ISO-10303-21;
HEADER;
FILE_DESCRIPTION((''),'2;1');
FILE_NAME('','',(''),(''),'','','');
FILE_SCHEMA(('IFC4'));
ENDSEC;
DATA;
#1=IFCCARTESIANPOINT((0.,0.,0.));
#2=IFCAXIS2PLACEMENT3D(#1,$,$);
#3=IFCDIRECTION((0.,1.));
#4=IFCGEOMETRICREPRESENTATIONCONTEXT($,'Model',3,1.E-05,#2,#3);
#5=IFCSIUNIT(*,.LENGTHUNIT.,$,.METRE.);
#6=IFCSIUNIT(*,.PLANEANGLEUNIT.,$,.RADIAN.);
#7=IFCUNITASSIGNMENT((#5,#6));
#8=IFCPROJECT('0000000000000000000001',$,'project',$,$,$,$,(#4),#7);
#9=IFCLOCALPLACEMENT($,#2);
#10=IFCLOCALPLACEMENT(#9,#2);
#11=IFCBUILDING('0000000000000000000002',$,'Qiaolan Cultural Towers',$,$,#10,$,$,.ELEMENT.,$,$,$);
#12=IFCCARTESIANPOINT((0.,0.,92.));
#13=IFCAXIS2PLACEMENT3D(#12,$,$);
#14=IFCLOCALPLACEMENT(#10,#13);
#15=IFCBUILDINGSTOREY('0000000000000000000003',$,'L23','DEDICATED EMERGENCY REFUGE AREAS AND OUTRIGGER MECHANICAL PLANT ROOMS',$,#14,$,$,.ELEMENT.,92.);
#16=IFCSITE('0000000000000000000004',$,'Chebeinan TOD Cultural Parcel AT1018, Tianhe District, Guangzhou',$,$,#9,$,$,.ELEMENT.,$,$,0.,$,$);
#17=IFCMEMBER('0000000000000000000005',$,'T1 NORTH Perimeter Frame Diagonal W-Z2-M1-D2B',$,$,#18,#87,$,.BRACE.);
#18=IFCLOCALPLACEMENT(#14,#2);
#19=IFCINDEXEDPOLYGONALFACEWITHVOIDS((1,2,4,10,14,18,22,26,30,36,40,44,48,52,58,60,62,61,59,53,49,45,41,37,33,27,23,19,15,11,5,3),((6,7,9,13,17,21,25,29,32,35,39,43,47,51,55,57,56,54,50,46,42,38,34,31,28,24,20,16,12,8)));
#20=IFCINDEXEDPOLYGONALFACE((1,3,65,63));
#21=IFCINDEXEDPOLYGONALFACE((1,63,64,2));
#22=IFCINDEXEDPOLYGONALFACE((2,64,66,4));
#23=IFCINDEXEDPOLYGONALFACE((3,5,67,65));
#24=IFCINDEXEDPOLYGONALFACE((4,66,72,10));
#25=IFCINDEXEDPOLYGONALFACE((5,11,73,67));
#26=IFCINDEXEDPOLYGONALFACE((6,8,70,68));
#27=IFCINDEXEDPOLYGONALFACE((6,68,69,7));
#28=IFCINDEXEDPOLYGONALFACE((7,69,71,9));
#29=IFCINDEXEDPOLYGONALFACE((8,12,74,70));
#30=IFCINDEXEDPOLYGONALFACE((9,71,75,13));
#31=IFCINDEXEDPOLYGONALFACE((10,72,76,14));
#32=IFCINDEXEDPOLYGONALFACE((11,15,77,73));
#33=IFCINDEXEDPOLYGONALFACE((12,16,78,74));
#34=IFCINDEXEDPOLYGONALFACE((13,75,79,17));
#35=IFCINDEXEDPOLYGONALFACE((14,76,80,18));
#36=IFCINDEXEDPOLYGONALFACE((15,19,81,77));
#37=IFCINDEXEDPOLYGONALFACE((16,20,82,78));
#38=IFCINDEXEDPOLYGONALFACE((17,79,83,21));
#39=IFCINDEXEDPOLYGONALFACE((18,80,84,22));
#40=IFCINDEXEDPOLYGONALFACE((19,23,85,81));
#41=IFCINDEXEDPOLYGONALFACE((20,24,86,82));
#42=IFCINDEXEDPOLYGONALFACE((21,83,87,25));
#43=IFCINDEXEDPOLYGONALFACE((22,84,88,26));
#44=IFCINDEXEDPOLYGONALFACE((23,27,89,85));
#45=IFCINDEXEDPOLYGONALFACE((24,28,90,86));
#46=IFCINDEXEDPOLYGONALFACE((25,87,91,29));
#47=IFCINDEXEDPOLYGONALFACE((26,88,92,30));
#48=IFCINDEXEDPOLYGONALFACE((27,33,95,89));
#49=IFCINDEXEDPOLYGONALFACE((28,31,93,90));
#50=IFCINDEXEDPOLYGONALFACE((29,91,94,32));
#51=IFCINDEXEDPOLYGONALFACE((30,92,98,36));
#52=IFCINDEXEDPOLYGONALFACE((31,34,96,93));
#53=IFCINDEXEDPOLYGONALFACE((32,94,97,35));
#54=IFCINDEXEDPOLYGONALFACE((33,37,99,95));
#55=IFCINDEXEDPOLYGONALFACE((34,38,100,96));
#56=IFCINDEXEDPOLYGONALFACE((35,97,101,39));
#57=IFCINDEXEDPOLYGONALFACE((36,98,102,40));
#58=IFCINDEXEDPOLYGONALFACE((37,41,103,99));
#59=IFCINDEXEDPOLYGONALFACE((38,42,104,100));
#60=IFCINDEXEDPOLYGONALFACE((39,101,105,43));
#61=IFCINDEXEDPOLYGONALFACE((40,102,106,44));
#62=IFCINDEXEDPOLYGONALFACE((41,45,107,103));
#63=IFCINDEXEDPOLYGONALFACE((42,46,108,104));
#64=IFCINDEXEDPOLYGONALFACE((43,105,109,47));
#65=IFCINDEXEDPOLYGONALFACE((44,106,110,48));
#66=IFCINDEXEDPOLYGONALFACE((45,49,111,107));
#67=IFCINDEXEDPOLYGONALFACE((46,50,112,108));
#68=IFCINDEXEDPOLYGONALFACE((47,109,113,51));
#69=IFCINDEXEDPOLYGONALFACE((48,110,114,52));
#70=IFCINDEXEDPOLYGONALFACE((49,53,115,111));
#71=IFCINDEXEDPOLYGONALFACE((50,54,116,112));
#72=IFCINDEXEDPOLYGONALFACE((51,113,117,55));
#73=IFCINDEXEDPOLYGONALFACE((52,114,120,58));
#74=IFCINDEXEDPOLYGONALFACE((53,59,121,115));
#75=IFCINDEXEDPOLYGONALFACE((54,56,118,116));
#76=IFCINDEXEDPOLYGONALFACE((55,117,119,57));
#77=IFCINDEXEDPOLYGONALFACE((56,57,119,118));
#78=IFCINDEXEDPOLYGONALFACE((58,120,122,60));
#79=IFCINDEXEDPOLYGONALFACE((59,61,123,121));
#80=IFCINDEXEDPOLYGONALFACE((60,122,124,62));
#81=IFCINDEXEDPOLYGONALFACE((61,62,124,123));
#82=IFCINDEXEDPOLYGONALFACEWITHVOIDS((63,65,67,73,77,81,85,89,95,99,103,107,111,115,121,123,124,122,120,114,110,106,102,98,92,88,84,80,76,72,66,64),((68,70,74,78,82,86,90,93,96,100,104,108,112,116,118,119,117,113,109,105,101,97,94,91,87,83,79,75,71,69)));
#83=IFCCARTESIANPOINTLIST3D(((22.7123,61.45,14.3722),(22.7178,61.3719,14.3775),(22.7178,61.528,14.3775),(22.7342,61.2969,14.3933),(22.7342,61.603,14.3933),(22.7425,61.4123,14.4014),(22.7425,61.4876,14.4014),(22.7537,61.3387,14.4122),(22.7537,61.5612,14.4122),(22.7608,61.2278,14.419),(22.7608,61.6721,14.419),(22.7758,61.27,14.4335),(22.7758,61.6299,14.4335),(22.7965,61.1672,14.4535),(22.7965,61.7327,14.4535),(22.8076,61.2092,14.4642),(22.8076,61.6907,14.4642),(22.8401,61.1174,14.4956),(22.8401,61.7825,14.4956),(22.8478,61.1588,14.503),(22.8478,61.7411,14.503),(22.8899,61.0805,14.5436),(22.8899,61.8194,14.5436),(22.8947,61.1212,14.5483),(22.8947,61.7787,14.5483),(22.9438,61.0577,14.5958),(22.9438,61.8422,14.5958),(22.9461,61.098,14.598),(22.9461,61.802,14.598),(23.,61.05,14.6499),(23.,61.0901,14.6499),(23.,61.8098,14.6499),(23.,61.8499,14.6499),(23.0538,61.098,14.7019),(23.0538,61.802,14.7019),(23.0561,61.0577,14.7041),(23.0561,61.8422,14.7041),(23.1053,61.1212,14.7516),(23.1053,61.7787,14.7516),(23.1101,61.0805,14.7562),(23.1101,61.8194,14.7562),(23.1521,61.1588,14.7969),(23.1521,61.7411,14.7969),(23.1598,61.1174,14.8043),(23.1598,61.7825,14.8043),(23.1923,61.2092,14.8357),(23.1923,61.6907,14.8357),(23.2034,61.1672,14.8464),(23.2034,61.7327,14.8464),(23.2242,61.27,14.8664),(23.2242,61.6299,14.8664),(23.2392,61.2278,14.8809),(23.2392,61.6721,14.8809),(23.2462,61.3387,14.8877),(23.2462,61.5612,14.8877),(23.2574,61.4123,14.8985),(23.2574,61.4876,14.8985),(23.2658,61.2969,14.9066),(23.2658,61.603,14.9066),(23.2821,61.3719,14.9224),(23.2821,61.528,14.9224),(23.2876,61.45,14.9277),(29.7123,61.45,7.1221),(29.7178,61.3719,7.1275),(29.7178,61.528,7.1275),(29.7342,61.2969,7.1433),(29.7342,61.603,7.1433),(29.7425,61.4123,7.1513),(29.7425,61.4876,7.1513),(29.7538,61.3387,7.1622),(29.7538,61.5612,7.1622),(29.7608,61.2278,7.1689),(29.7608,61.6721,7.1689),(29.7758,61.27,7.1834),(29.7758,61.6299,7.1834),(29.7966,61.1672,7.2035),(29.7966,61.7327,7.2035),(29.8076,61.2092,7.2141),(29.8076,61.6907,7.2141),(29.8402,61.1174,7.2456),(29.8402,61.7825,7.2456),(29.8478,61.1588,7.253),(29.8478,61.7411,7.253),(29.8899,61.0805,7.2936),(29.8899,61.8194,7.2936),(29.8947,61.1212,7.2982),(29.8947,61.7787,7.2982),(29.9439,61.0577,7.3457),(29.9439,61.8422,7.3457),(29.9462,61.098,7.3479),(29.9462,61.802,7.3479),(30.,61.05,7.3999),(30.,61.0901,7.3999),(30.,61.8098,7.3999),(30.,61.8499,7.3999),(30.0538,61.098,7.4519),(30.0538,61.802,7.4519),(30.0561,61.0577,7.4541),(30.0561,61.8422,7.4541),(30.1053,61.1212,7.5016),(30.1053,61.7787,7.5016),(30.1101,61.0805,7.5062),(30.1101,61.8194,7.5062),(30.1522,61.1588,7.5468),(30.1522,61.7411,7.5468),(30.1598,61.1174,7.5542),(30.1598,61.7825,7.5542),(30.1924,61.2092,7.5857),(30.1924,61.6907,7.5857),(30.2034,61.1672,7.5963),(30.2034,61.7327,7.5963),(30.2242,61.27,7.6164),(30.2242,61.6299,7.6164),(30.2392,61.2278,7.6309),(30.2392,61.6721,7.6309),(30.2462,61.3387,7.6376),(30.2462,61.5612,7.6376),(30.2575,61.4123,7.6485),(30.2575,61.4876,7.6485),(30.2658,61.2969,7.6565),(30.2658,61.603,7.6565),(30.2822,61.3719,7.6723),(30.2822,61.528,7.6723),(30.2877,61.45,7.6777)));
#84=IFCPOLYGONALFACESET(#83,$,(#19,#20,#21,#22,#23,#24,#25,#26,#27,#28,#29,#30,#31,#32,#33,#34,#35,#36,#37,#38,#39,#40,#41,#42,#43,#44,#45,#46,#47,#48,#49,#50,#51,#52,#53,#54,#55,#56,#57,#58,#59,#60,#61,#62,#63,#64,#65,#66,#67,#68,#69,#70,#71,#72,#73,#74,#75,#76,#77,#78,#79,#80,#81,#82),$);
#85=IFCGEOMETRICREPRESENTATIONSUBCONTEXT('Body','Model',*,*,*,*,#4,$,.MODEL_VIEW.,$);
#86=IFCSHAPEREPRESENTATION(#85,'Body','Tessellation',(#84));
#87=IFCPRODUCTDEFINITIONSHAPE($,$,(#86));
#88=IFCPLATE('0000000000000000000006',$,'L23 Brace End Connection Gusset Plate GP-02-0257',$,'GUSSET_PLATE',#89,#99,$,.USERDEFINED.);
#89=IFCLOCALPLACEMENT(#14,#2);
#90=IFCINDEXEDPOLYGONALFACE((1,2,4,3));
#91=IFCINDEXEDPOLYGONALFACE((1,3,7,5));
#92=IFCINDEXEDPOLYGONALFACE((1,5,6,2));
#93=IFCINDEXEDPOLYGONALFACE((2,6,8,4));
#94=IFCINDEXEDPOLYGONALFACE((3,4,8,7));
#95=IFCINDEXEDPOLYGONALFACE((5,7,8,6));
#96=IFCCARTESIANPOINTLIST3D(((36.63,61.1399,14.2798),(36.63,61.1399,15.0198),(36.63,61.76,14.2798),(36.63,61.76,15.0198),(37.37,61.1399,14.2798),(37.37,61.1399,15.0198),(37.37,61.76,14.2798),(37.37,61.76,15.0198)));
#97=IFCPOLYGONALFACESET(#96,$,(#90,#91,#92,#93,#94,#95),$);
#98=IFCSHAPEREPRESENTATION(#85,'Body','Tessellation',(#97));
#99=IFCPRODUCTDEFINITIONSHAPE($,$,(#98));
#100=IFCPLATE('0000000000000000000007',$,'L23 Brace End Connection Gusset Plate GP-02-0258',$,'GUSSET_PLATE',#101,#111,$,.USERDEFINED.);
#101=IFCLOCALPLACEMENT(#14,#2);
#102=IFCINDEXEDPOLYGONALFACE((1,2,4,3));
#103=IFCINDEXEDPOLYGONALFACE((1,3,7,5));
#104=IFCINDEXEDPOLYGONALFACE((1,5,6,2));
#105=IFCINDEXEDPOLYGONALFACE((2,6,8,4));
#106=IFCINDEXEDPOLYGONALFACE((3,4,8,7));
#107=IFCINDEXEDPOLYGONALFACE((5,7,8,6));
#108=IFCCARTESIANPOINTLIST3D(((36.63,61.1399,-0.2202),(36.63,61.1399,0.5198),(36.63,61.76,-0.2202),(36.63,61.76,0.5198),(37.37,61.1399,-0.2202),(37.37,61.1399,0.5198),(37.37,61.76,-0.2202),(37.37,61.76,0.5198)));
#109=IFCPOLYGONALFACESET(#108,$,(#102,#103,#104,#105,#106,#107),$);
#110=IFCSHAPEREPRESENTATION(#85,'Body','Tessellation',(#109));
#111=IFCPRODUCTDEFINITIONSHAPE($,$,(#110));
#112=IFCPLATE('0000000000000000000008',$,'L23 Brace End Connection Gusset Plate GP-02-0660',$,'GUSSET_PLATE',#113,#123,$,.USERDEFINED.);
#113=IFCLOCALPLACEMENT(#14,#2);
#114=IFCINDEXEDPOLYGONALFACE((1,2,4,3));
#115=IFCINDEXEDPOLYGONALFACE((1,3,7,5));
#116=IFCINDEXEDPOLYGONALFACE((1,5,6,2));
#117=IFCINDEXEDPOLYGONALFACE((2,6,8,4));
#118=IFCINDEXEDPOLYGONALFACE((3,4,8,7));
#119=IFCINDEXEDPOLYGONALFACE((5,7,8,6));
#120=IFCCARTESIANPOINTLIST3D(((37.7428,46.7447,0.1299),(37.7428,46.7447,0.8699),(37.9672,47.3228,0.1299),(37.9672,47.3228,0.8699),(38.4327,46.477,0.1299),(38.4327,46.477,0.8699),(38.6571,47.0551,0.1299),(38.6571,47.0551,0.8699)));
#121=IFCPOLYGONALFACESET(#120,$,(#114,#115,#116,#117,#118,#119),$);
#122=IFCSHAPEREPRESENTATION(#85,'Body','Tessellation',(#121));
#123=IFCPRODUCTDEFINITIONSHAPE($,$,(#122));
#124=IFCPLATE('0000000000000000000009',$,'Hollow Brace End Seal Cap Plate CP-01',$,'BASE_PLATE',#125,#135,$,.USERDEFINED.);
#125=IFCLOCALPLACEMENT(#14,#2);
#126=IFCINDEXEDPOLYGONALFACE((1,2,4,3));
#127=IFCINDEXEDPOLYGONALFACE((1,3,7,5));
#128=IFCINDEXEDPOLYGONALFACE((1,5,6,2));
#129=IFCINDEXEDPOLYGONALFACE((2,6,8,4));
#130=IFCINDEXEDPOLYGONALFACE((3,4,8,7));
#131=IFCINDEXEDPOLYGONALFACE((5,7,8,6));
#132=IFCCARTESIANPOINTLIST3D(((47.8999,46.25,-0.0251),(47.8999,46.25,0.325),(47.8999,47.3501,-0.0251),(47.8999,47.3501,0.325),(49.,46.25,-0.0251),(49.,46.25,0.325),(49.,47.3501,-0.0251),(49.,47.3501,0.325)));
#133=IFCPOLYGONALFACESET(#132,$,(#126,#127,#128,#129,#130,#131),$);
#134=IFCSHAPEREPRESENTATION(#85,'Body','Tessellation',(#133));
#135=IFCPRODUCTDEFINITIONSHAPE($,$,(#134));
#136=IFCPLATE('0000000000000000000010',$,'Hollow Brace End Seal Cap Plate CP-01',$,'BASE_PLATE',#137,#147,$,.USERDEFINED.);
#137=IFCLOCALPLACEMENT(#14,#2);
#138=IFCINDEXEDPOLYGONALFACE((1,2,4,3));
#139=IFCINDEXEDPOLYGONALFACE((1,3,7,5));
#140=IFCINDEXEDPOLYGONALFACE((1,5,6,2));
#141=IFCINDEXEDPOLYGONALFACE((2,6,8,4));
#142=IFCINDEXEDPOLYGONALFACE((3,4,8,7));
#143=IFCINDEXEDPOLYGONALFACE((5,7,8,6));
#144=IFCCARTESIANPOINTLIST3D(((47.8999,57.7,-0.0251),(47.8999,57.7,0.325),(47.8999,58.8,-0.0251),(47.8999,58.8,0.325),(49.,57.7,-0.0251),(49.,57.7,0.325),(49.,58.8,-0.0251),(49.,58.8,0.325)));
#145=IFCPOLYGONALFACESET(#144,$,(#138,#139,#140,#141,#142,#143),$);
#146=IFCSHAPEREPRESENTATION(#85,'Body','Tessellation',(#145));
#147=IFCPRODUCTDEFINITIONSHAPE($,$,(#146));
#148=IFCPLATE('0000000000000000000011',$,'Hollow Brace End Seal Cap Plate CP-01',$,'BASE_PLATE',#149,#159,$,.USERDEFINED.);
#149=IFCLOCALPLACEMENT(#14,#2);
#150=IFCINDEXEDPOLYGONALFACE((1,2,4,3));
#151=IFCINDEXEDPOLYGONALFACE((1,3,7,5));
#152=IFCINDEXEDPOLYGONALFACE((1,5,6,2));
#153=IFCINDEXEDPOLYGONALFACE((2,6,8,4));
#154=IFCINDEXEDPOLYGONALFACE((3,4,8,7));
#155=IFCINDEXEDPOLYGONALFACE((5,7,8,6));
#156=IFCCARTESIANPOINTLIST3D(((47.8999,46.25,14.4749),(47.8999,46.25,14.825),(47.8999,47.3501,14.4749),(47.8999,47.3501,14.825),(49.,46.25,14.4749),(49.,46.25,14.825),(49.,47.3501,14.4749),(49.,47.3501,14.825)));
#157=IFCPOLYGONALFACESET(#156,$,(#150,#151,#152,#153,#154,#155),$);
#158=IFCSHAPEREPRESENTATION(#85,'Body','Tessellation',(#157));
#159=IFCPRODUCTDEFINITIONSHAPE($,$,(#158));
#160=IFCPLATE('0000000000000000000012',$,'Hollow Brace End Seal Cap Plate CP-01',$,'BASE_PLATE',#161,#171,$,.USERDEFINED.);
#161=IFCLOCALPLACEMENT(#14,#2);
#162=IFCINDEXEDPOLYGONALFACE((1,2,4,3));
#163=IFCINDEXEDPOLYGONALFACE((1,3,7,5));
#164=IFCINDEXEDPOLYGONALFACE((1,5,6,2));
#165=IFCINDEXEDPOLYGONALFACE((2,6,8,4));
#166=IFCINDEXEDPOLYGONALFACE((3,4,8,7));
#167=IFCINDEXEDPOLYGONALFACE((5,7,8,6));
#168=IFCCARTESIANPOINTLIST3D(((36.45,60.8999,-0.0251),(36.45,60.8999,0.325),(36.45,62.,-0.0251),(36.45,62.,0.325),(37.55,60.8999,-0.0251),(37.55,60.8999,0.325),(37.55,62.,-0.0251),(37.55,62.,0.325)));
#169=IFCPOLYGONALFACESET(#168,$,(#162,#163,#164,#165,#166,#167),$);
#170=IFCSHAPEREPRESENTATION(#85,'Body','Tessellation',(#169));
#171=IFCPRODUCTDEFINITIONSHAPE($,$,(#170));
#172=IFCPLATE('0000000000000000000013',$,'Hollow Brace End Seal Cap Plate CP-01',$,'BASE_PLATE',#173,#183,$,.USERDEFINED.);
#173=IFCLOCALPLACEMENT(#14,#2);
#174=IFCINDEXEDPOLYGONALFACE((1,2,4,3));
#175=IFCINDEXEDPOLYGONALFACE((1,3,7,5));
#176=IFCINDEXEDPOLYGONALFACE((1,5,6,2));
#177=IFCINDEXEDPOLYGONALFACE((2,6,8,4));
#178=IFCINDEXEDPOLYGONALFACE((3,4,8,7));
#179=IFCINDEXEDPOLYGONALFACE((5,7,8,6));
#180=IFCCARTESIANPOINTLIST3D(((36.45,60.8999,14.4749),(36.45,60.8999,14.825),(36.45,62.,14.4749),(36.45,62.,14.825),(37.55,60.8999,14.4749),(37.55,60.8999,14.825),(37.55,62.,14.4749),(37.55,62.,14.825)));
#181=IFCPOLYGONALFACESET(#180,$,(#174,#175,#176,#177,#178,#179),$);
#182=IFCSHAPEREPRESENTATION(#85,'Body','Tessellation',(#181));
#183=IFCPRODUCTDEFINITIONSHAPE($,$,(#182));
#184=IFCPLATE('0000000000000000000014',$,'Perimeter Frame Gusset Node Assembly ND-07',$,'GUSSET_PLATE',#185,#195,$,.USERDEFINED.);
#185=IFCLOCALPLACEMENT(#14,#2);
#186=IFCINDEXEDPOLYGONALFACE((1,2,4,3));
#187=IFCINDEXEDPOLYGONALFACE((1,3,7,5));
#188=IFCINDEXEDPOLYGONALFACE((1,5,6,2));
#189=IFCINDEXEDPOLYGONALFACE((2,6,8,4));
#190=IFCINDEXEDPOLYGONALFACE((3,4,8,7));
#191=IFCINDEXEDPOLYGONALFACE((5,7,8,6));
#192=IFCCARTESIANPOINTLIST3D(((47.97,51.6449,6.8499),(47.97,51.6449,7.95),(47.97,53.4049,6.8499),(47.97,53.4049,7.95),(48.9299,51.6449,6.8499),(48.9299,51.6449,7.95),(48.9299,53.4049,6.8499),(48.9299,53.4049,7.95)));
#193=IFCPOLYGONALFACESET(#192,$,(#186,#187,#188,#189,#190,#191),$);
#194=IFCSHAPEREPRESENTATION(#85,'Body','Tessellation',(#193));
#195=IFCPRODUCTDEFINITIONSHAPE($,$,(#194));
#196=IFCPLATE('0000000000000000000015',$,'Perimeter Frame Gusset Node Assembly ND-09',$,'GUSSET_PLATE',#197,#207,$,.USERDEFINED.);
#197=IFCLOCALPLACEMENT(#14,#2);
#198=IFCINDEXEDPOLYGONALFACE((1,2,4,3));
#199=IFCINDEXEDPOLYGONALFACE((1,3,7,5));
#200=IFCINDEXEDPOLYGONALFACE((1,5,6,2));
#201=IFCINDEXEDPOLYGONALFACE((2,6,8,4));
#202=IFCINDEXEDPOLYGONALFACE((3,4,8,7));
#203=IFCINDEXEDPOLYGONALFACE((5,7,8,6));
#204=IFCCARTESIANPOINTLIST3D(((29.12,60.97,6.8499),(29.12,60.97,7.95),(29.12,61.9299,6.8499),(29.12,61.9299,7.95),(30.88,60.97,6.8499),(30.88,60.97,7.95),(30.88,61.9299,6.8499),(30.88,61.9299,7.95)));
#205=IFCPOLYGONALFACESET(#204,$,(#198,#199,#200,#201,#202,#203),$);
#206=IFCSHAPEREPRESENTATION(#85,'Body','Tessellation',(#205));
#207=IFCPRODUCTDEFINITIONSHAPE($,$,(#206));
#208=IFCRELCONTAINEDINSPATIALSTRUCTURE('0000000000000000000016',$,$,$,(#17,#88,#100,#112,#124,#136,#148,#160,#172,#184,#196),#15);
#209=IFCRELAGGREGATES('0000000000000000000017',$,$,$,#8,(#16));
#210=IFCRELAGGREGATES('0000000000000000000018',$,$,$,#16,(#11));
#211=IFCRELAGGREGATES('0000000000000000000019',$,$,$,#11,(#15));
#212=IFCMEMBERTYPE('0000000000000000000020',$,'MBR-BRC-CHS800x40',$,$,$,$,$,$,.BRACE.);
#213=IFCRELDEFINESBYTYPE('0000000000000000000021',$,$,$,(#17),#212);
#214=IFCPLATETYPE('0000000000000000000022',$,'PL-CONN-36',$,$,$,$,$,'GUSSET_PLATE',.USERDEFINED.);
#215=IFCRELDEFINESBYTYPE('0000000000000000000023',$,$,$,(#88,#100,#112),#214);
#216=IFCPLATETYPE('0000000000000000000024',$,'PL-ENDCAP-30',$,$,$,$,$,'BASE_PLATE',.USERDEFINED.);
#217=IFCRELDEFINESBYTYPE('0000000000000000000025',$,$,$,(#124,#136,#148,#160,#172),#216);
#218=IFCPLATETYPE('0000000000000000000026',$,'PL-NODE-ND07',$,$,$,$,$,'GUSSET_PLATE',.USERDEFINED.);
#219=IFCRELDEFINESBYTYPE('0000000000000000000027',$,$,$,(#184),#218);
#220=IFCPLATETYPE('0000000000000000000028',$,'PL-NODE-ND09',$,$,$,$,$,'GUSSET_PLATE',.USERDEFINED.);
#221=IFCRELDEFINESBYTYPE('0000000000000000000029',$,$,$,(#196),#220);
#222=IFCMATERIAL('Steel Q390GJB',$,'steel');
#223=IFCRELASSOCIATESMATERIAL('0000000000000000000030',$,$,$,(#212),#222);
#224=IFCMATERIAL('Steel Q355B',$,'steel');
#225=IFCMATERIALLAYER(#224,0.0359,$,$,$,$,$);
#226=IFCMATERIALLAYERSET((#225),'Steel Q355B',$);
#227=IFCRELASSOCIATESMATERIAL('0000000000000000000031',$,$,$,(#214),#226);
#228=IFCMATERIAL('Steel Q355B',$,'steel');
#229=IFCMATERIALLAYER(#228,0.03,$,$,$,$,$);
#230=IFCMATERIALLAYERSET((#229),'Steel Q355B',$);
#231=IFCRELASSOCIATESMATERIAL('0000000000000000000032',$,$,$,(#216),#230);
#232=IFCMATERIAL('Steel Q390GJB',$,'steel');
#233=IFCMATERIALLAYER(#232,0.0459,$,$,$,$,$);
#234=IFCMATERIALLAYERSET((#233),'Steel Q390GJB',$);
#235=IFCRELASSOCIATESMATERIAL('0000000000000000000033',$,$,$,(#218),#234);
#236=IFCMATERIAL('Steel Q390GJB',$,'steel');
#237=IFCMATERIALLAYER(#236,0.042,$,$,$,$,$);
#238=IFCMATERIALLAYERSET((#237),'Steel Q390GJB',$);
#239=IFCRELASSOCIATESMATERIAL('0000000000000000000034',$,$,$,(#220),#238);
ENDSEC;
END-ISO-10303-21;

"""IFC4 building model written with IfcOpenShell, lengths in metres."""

from ifc_helpers import new_model, si_unit, direction, frame, origin, origin_2d, place, context, subcontext, project, spatial, rectangle, hollow_circle, extrude, material, layer, layer_set, material_profile, profile_set, type_object, element, save


model = new_model("IFC4")

# Units and contexts
model_context = context("Model", 3, precision=1e-05, world=origin(), true_north=direction((0.0, 1.0)))
body_context = subcontext(model_context, "Body", "Model", "MODEL_VIEW")
ifc_project = project(units=[si_unit("LENGTHUNIT", "METRE"), si_unit("PLANEANGLEUNIT", "RADIAN")], contexts=[model_context])

# Site, building, storey
site_placement = place(None, origin())
site = spatial("IfcSite", under=ifc_project, at=site_placement, Name="Chebeinan TOD Cultural Parcel AT1018, Tianhe District, Guangzhou", CompositionType="ELEMENT", RefElevation=0.0)
building_placement = place(site_placement, origin())
building = spatial("IfcBuilding", under=site, at=building_placement, Name="Qiaolan Cultural Towers", CompositionType="ELEMENT")
storey_placement = place(building_placement, frame((0.0, 0.0, 92.0)))
storey = spatial("IfcBuildingStorey", under=building, at=storey_placement, Name="L23", Description="DEDICATED EMERGENCY REFUGE AREAS AND OUTRIGGER MECHANICAL PLANT ROOMS", CompositionType="ELEMENT", Elevation=92.0)

# Member
ifc_material_1 = material(Name="Steel Q390GJB", Category="steel")
ifc_material_profile_1 = material_profile(ifc_material_1, hollow_circle(Radius=0.3999, WallThickness=0.04, at=origin_2d()), Name="CHS800x40")
ifc_profile_set_1 = profile_set([ifc_material_profile_1], Name="Steel Q390GJB")
member_type_1 = type_object("IfcMemberType", Name="MBR-BRC-CHS800x40", PredefinedType="BRACE", material=ifc_profile_set_1)
for number, where, z_axis, x_axis, name in (
    (1, (30.0, 61.45, 7.3999), (-0.694595, 0.0, 0.719401), (0.0, -1.0, 0.0), "T1 NORTH Perimeter Frame Diagonal W-Z2-M1-D2B"),
):
    element("IfcMember", number, at=place(storey_placement, frame(where, z_axis=z_axis, x_axis=x_axis)), inside=storey, type_object=member_type_1, Name=name, PredefinedType="BRACE", context=body_context, shape_type="SweptSolid", body=[
        extrude(hollow_circle(Radius=0.3999, WallThickness=0.04, at=origin_2d()), origin(), (0.0, 0.0, 1.0), 10.0779),
    ])

# Plates
ifc_material_2 = material(Name="Steel Q355B", Category="steel")
ifc_layer_1 = layer(ifc_material_2, 0.0359)
ifc_layer_set_1 = layer_set([ifc_layer_1], Name="Steel Q355B")
plate_type_1 = type_object("IfcPlateType", Name="PL-CONN-36", ElementType="GUSSET_PLATE", PredefinedType="USERDEFINED", material=ifc_layer_set_1)
for number, where, z_axis, x_axis, name in (
    (2, (37.0, 61.45, 14.2798), (0.0, 0.0, 1.0), (1.0, 0.0, 0.0), "L23 Brace End Connection Gusset Plate GP-02-0257"),
    (3, (37.0, 61.45, -0.2202), (0.0, 0.0, 1.0), (1.0, 0.0, 0.0), "L23 Brace End Connection Gusset Plate GP-02-0258"),
    (4, (38.2, 46.8999, 0.1299), (0.0, 0.0, 1.0), (-0.932266, 0.361775, 0.0), "L23 Brace End Connection Gusset Plate GP-02-0660"),
):
    element("IfcPlate", number, at=place(storey_placement, frame(where, z_axis=z_axis, x_axis=x_axis)), inside=storey, type_object=plate_type_1, Name=name, ObjectType="GUSSET_PLATE", PredefinedType="USERDEFINED", context=body_context, shape_type="SweptSolid", body=[
        extrude(rectangle(XDim=0.74, YDim=0.6201, at=origin_2d()), origin(), (0.0, 0.0, 1.0), 0.74),
    ])
ifc_material_3 = material(Name="Steel Q355B", Category="steel")
ifc_layer_2 = layer(ifc_material_3, 0.03)
ifc_layer_set_2 = layer_set([ifc_layer_2], Name="Steel Q355B")
plate_type_2 = type_object("IfcPlateType", Name="PL-ENDCAP-30", ElementType="BASE_PLATE", PredefinedType="USERDEFINED", material=ifc_layer_set_2)
for number, where, z_axis, x_axis, name in (
    (5, (48.45, 46.8, -0.0251), (0.0, 0.0, 1.0), (0.0, 1.0, 0.0), "Hollow Brace End Seal Cap Plate CP-01"),
    (6, (48.45, 58.25, -0.0251), (0.0, 0.0, 1.0), (0.0, 1.0, 0.0), "Hollow Brace End Seal Cap Plate CP-01"),
    (7, (48.45, 46.8, 14.4749), (0.0, 0.0, 1.0), (0.0, 1.0, 0.0), "Hollow Brace End Seal Cap Plate CP-01"),
    (8, (37.0, 61.45, -0.0251), (0.0, 0.0, 1.0), (1.0, 0.0, 0.0), "Hollow Brace End Seal Cap Plate CP-01"),
    (9, (37.0, 61.45, 14.4749), (0.0, 0.0, 1.0), (1.0, 0.0, 0.0), "Hollow Brace End Seal Cap Plate CP-01"),
):
    element("IfcPlate", number, at=place(storey_placement, frame(where, z_axis=z_axis, x_axis=x_axis)), inside=storey, type_object=plate_type_2, Name=name, ObjectType="BASE_PLATE", PredefinedType="USERDEFINED", context=body_context, shape_type="SweptSolid", body=[
        extrude(rectangle(XDim=1.1001, YDim=1.1001, at=origin_2d()), origin(), (0.0, 0.0, 1.0), 0.3501),
    ])
ifc_material_4 = material(Name="Steel Q390GJB", Category="steel")
ifc_layer_3 = layer(ifc_material_4, 0.0459)
ifc_layer_set_3 = layer_set([ifc_layer_3], Name="Steel Q390GJB")
plate_type_3 = type_object("IfcPlateType", Name="PL-NODE-ND07", ElementType="GUSSET_PLATE", PredefinedType="USERDEFINED", material=ifc_layer_set_3)
plate_1_placement = place(storey_placement, frame((48.45, 52.5249, 6.8499), z_axis=(0.0, 0.0, 1.0), x_axis=(0.0, 1.0, 0.0)))
element("IfcPlate", 10, at=plate_1_placement, inside=storey, type_object=plate_type_3, Name="Perimeter Frame Gusset Node Assembly ND-07", ObjectType="GUSSET_PLATE", PredefinedType="USERDEFINED", context=body_context, shape_type="SweptSolid", body=[
    extrude(rectangle(XDim=1.76, YDim=0.96, at=origin_2d()), origin(), (0.0, 0.0, 1.0), 1.1001),
])
ifc_material_5 = material(Name="Steel Q390GJB", Category="steel")
ifc_layer_4 = layer(ifc_material_5, 0.042)
ifc_layer_set_4 = layer_set([ifc_layer_4], Name="Steel Q390GJB")
plate_type_4 = type_object("IfcPlateType", Name="PL-NODE-ND09", ElementType="GUSSET_PLATE", PredefinedType="USERDEFINED", material=ifc_layer_set_4)
plate_2_placement = place(storey_placement, frame((30.0, 61.45, 6.8499), z_axis=(0.0, 0.0, 1.0), x_axis=(1.0, 0.0, 0.0)))
element("IfcPlate", 11, at=plate_2_placement, inside=storey, type_object=plate_type_4, Name="Perimeter Frame Gusset Node Assembly ND-09", ObjectType="GUSSET_PLATE", PredefinedType="USERDEFINED", context=body_context, shape_type="SweptSolid", body=[
    extrude(rectangle(XDim=1.76, YDim=0.96, at=origin_2d()), origin(), (0.0, 0.0, 1.0), 1.1001),
])

save(model, "model.ifc")
